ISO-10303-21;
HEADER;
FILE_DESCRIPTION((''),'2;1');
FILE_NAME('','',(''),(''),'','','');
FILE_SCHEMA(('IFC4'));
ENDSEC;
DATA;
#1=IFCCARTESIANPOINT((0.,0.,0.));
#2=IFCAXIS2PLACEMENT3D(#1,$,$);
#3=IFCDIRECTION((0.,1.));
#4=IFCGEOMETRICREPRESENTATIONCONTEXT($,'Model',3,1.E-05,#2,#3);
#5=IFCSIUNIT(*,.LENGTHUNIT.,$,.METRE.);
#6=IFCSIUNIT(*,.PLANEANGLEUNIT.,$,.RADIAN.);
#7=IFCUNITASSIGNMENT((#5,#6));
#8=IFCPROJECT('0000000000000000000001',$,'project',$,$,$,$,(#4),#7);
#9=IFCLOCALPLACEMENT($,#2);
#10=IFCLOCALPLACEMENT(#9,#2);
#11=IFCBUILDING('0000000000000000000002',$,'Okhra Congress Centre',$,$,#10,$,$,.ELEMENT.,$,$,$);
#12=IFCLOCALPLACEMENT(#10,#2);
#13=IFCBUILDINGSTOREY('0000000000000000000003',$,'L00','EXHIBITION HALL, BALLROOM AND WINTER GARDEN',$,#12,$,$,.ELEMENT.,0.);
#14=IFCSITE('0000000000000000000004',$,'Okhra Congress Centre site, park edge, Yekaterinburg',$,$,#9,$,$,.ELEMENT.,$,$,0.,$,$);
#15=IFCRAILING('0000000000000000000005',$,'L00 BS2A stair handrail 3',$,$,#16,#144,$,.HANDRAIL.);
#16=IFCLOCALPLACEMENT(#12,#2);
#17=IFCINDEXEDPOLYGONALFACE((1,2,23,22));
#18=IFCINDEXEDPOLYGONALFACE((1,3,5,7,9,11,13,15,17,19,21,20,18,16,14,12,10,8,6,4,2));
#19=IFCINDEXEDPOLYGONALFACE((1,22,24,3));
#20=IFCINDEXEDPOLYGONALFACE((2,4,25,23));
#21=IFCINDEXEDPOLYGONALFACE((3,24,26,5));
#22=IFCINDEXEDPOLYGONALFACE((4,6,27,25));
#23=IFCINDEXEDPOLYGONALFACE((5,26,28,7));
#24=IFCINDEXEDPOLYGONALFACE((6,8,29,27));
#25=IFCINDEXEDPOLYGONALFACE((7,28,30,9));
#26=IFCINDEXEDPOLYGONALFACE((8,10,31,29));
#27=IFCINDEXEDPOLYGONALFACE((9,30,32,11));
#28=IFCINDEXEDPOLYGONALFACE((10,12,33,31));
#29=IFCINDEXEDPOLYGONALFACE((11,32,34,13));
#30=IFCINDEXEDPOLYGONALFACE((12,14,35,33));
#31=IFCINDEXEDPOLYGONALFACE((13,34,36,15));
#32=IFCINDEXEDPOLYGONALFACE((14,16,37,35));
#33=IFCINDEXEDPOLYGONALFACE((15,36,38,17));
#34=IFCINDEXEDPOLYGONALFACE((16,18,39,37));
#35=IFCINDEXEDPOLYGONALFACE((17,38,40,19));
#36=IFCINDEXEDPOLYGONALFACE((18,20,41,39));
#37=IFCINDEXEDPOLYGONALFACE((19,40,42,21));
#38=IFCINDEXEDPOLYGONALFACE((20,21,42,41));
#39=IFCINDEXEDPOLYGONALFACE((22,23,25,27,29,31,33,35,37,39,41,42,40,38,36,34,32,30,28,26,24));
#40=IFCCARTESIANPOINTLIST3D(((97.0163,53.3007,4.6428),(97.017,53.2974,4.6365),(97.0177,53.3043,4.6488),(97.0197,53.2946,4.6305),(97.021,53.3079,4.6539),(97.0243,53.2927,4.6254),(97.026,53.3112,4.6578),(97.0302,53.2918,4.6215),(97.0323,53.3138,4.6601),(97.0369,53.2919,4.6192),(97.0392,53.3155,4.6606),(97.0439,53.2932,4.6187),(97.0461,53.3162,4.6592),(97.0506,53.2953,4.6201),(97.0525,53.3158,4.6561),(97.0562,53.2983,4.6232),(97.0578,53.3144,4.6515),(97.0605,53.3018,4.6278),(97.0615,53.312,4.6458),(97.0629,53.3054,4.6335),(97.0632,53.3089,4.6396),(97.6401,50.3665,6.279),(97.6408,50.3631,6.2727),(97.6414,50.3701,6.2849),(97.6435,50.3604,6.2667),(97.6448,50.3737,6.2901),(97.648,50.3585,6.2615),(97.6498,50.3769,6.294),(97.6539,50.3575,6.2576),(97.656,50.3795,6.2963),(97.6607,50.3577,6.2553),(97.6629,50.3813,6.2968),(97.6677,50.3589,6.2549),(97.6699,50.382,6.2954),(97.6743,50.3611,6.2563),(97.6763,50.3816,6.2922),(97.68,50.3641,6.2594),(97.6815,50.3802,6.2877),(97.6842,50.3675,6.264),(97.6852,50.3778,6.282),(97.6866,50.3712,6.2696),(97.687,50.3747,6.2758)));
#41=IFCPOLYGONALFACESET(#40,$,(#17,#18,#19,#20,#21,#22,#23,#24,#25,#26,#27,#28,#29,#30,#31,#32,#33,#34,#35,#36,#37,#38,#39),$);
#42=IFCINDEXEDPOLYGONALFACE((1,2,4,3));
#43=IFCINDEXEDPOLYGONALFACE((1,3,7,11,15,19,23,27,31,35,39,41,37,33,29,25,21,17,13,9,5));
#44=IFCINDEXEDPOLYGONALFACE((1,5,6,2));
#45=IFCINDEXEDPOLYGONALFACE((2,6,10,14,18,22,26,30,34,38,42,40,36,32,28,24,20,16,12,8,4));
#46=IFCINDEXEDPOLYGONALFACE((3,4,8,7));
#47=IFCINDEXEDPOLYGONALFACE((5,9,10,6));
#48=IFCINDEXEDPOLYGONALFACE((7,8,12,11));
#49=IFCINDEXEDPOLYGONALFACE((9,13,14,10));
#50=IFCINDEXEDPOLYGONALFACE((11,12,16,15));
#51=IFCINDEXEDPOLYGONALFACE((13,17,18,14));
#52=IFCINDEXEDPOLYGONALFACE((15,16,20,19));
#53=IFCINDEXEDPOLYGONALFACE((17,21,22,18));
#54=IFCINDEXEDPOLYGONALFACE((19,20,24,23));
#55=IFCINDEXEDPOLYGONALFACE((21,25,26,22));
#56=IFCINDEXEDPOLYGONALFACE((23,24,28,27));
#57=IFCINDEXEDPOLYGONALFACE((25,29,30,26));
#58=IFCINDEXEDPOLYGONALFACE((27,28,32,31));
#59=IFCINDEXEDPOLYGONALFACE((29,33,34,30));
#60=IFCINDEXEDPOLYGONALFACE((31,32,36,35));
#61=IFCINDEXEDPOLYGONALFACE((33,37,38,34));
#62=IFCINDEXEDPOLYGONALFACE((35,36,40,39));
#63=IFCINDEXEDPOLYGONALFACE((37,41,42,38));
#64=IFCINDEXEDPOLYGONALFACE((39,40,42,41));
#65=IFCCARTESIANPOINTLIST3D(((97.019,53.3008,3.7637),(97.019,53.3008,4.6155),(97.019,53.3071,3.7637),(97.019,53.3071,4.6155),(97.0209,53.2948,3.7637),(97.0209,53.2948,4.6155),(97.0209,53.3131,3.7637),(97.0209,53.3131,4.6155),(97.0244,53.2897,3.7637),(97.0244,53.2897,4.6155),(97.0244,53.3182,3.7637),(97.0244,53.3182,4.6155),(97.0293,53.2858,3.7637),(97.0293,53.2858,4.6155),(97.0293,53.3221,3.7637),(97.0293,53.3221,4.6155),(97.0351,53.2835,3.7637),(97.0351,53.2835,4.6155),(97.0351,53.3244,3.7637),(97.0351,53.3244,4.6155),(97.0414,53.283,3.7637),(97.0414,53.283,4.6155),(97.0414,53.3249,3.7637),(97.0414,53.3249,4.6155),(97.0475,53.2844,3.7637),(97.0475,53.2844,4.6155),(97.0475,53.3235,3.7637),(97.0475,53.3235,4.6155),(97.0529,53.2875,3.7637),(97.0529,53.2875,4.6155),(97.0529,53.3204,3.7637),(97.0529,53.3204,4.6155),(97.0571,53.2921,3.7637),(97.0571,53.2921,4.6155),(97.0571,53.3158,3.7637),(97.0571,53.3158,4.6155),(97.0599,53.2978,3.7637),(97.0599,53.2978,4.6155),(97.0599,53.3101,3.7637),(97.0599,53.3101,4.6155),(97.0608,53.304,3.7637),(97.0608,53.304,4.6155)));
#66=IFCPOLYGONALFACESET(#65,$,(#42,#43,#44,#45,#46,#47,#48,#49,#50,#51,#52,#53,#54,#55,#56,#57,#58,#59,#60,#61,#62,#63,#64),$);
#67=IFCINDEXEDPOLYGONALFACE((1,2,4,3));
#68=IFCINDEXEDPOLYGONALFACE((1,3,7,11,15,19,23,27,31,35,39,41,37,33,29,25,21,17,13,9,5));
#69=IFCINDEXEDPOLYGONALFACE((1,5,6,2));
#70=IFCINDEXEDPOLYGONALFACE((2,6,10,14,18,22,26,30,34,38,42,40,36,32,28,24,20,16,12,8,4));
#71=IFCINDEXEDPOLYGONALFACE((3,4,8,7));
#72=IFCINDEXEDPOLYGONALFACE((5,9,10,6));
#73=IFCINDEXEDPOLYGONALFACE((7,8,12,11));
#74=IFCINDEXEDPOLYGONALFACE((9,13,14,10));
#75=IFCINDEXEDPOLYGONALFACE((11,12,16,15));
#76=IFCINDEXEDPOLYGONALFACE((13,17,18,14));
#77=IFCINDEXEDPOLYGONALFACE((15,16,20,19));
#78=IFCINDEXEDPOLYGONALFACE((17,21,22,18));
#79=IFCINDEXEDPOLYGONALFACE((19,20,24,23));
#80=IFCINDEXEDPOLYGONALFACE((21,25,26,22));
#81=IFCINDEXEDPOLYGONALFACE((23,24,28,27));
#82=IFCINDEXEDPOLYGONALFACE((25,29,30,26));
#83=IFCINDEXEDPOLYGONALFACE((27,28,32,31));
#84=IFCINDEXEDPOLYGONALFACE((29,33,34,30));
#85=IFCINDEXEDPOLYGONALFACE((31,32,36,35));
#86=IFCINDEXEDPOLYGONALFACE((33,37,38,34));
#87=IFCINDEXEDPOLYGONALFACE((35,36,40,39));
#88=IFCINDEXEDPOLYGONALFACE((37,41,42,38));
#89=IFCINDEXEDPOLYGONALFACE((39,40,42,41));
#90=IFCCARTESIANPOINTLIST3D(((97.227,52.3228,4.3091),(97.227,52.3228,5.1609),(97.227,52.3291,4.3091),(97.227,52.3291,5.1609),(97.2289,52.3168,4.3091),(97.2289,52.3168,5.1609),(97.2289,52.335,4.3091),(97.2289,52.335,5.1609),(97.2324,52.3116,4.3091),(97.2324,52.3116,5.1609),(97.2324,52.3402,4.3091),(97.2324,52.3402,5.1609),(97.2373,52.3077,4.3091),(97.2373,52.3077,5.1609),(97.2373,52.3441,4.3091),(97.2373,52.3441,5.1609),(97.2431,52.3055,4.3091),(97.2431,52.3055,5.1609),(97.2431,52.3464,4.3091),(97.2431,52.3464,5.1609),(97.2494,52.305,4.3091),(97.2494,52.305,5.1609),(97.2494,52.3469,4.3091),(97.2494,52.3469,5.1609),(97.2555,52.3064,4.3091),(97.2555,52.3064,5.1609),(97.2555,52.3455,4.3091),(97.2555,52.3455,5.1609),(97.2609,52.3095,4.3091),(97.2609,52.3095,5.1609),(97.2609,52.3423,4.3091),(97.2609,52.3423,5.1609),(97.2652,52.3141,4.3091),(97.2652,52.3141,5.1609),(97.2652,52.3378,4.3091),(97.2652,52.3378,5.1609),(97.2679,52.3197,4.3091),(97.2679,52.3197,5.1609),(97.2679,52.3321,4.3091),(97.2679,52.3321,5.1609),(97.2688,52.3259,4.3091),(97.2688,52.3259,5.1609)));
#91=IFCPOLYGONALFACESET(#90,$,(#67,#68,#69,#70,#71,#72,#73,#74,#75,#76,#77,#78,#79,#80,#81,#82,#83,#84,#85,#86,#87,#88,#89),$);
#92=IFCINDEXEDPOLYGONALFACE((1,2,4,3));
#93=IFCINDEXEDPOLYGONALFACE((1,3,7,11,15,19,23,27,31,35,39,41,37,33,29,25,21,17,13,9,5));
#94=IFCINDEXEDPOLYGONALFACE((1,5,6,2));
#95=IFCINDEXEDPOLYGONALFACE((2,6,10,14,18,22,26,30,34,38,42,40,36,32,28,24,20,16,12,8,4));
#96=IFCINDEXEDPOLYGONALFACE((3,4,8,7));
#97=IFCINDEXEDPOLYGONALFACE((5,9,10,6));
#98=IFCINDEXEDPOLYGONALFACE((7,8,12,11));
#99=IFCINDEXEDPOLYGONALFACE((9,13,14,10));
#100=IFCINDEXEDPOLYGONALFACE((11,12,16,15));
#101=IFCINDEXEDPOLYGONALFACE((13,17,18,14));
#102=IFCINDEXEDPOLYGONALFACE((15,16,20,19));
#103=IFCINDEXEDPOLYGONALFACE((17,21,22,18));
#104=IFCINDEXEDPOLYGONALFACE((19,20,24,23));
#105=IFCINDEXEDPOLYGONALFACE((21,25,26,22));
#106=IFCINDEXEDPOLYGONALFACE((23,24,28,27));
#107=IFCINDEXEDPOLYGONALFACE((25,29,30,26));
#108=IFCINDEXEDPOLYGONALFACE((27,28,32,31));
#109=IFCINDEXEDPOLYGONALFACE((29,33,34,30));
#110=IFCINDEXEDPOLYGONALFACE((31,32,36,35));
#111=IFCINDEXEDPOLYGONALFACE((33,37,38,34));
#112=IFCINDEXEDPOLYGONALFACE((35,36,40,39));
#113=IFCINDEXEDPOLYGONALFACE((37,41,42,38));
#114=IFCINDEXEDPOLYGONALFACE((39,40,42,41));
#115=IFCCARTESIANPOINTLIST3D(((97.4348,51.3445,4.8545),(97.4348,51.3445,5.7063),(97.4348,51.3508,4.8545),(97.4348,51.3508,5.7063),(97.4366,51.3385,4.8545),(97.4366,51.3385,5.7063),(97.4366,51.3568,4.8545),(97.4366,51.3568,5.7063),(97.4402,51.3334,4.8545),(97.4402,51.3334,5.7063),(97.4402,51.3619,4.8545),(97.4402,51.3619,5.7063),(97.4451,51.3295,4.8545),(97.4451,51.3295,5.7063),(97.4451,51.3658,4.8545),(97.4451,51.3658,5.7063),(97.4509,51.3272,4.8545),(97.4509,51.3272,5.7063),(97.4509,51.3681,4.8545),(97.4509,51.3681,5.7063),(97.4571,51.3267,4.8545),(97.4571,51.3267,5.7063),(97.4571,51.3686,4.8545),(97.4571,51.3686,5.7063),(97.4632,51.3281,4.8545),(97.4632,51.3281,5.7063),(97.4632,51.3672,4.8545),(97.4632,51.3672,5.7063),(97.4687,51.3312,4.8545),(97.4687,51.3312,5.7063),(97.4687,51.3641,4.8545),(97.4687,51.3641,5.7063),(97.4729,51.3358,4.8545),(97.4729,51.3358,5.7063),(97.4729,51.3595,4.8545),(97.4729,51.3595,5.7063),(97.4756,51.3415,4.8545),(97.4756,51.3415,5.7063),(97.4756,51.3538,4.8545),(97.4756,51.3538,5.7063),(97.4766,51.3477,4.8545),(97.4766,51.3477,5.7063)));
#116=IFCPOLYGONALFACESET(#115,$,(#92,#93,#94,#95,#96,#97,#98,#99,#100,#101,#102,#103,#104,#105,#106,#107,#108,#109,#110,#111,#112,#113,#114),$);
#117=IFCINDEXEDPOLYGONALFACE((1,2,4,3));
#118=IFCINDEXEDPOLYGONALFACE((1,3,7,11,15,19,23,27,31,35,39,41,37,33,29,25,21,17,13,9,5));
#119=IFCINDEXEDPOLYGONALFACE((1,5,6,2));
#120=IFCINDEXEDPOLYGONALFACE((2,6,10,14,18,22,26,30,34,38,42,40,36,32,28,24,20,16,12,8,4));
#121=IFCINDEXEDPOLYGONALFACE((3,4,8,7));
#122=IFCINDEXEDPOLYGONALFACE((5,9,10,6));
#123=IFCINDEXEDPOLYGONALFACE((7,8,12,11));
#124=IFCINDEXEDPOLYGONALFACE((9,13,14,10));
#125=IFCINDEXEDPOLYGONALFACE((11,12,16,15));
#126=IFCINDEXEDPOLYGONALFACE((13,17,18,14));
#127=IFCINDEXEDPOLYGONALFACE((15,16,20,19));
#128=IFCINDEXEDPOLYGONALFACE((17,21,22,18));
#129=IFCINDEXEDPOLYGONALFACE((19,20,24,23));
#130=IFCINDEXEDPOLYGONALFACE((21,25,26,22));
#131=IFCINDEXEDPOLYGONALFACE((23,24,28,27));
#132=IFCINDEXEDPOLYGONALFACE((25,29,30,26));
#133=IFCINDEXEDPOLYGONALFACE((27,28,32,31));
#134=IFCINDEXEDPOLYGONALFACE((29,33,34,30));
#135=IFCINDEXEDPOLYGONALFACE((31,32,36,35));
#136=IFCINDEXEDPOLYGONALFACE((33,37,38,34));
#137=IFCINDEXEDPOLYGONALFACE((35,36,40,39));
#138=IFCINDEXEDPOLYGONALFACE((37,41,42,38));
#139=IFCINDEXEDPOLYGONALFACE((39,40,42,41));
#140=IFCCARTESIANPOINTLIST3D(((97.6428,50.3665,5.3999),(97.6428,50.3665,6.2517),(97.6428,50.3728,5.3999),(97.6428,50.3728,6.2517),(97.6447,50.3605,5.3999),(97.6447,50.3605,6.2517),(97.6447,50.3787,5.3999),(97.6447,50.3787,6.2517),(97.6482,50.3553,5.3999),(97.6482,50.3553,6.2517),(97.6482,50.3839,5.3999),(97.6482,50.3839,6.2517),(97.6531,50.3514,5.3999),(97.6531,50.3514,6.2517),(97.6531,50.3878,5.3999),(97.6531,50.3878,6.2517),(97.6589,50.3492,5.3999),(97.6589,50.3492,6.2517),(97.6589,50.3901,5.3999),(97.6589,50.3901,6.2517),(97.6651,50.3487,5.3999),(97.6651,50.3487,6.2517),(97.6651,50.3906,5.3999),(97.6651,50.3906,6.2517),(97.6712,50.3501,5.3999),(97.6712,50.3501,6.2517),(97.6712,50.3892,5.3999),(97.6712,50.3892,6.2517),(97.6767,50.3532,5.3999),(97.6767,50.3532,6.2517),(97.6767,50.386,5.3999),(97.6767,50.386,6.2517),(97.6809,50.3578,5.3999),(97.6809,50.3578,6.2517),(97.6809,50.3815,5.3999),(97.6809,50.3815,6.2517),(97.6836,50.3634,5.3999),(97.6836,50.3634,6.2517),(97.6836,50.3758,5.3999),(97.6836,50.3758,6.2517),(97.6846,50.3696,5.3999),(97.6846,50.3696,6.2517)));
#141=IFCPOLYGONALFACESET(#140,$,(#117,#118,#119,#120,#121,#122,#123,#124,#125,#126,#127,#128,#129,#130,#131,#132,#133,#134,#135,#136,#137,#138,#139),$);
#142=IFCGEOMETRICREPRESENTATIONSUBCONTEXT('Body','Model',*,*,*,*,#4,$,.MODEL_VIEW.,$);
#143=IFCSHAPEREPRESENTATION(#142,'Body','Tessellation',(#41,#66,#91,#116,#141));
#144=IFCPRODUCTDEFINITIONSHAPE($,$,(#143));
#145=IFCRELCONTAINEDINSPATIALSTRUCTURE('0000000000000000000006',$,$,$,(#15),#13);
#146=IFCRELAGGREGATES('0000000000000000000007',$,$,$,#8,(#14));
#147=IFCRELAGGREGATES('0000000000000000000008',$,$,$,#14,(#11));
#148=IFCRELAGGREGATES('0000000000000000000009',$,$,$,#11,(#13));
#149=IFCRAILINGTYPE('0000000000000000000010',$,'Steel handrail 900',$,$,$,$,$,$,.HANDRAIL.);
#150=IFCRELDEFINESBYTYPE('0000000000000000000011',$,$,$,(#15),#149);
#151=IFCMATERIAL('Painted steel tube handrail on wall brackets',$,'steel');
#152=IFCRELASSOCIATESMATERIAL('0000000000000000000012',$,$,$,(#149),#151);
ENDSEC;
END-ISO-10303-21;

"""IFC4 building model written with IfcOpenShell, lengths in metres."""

from ifc_helpers import new_model, si_unit, direction, frame, origin, origin_2d, place, context, subcontext, project, spatial, circle, extrude, material, type_object, element, save


model = new_model("IFC4")

# Units and contexts
model_context = context("Model", 3, precision=1e-05, world=origin(), true_north=direction((0.0, 1.0)))
body_context = subcontext(model_context, "Body", "Model", "MODEL_VIEW")
ifc_project = project(units=[si_unit("LENGTHUNIT", "METRE"), si_unit("PLANEANGLEUNIT", "RADIAN")], contexts=[model_context])

# Site, building, storey
site_placement = place(None, origin())
site = spatial("IfcSite", under=ifc_project, at=site_placement, Name="Okhra Congress Centre site, park edge, Yekaterinburg", CompositionType="ELEMENT", RefElevation=0.0)
building_placement = place(site_placement, origin())
building = spatial("IfcBuilding", under=site, at=building_placement, Name="Okhra Congress Centre", CompositionType="ELEMENT")
storey_placement = place(building_placement, origin())
storey = spatial("IfcBuildingStorey", under=building, at=storey_placement, Name="L00", Description="EXHIBITION HALL, BALLROOM AND WINTER GARDEN", CompositionType="ELEMENT", Elevation=0.0)

# Railing
ifc_material_1 = material(Name="Painted steel tube handrail on wall brackets", Category="steel")
railing_type_1 = type_object("IfcRailingType", Name="Steel handrail 900", PredefinedType="HANDRAIL", material=ifc_material_1)
railing_1_placement = place(storey_placement, frame((97.0398, 53.304, 3.7637)))
element("IfcRailing", 1, at=railing_1_placement, inside=storey, type_object=railing_type_1, Name="L00 BS2A stair handrail 3", PredefinedType="HANDRAIL", context=body_context, shape_type="SweptSolid", body=[
    extrude(circle(Radius=0.0239, at=origin_2d()), frame((0.0, 0.0, 0.876), z_axis=(0.182546, -0.858716, 0.478835), x_axis=(0.978143, 0.207934, 0.0)), (0.0, 0.0, 1.0), 3.417),
    extrude(circle(Radius=0.021, at=origin_2d()), origin(), (0.0, 0.0, 1.0), 0.8518),
    extrude(circle(Radius=0.021, at=origin_2d()), frame((0.208, -0.978, 0.5454)), (0.0, 0.0, 1.0), 0.8518),
    extrude(circle(Radius=0.021, at=origin_2d()), frame((0.4158, -1.9563, 1.0908)), (0.0, 0.0, 1.0), 0.8518),
    extrude(circle(Radius=0.021, at=origin_2d()), frame((0.6238, -2.9343, 1.6362)), (0.0, 0.0, 1.0), 0.8518),
])

save(model, "model.ifc")
